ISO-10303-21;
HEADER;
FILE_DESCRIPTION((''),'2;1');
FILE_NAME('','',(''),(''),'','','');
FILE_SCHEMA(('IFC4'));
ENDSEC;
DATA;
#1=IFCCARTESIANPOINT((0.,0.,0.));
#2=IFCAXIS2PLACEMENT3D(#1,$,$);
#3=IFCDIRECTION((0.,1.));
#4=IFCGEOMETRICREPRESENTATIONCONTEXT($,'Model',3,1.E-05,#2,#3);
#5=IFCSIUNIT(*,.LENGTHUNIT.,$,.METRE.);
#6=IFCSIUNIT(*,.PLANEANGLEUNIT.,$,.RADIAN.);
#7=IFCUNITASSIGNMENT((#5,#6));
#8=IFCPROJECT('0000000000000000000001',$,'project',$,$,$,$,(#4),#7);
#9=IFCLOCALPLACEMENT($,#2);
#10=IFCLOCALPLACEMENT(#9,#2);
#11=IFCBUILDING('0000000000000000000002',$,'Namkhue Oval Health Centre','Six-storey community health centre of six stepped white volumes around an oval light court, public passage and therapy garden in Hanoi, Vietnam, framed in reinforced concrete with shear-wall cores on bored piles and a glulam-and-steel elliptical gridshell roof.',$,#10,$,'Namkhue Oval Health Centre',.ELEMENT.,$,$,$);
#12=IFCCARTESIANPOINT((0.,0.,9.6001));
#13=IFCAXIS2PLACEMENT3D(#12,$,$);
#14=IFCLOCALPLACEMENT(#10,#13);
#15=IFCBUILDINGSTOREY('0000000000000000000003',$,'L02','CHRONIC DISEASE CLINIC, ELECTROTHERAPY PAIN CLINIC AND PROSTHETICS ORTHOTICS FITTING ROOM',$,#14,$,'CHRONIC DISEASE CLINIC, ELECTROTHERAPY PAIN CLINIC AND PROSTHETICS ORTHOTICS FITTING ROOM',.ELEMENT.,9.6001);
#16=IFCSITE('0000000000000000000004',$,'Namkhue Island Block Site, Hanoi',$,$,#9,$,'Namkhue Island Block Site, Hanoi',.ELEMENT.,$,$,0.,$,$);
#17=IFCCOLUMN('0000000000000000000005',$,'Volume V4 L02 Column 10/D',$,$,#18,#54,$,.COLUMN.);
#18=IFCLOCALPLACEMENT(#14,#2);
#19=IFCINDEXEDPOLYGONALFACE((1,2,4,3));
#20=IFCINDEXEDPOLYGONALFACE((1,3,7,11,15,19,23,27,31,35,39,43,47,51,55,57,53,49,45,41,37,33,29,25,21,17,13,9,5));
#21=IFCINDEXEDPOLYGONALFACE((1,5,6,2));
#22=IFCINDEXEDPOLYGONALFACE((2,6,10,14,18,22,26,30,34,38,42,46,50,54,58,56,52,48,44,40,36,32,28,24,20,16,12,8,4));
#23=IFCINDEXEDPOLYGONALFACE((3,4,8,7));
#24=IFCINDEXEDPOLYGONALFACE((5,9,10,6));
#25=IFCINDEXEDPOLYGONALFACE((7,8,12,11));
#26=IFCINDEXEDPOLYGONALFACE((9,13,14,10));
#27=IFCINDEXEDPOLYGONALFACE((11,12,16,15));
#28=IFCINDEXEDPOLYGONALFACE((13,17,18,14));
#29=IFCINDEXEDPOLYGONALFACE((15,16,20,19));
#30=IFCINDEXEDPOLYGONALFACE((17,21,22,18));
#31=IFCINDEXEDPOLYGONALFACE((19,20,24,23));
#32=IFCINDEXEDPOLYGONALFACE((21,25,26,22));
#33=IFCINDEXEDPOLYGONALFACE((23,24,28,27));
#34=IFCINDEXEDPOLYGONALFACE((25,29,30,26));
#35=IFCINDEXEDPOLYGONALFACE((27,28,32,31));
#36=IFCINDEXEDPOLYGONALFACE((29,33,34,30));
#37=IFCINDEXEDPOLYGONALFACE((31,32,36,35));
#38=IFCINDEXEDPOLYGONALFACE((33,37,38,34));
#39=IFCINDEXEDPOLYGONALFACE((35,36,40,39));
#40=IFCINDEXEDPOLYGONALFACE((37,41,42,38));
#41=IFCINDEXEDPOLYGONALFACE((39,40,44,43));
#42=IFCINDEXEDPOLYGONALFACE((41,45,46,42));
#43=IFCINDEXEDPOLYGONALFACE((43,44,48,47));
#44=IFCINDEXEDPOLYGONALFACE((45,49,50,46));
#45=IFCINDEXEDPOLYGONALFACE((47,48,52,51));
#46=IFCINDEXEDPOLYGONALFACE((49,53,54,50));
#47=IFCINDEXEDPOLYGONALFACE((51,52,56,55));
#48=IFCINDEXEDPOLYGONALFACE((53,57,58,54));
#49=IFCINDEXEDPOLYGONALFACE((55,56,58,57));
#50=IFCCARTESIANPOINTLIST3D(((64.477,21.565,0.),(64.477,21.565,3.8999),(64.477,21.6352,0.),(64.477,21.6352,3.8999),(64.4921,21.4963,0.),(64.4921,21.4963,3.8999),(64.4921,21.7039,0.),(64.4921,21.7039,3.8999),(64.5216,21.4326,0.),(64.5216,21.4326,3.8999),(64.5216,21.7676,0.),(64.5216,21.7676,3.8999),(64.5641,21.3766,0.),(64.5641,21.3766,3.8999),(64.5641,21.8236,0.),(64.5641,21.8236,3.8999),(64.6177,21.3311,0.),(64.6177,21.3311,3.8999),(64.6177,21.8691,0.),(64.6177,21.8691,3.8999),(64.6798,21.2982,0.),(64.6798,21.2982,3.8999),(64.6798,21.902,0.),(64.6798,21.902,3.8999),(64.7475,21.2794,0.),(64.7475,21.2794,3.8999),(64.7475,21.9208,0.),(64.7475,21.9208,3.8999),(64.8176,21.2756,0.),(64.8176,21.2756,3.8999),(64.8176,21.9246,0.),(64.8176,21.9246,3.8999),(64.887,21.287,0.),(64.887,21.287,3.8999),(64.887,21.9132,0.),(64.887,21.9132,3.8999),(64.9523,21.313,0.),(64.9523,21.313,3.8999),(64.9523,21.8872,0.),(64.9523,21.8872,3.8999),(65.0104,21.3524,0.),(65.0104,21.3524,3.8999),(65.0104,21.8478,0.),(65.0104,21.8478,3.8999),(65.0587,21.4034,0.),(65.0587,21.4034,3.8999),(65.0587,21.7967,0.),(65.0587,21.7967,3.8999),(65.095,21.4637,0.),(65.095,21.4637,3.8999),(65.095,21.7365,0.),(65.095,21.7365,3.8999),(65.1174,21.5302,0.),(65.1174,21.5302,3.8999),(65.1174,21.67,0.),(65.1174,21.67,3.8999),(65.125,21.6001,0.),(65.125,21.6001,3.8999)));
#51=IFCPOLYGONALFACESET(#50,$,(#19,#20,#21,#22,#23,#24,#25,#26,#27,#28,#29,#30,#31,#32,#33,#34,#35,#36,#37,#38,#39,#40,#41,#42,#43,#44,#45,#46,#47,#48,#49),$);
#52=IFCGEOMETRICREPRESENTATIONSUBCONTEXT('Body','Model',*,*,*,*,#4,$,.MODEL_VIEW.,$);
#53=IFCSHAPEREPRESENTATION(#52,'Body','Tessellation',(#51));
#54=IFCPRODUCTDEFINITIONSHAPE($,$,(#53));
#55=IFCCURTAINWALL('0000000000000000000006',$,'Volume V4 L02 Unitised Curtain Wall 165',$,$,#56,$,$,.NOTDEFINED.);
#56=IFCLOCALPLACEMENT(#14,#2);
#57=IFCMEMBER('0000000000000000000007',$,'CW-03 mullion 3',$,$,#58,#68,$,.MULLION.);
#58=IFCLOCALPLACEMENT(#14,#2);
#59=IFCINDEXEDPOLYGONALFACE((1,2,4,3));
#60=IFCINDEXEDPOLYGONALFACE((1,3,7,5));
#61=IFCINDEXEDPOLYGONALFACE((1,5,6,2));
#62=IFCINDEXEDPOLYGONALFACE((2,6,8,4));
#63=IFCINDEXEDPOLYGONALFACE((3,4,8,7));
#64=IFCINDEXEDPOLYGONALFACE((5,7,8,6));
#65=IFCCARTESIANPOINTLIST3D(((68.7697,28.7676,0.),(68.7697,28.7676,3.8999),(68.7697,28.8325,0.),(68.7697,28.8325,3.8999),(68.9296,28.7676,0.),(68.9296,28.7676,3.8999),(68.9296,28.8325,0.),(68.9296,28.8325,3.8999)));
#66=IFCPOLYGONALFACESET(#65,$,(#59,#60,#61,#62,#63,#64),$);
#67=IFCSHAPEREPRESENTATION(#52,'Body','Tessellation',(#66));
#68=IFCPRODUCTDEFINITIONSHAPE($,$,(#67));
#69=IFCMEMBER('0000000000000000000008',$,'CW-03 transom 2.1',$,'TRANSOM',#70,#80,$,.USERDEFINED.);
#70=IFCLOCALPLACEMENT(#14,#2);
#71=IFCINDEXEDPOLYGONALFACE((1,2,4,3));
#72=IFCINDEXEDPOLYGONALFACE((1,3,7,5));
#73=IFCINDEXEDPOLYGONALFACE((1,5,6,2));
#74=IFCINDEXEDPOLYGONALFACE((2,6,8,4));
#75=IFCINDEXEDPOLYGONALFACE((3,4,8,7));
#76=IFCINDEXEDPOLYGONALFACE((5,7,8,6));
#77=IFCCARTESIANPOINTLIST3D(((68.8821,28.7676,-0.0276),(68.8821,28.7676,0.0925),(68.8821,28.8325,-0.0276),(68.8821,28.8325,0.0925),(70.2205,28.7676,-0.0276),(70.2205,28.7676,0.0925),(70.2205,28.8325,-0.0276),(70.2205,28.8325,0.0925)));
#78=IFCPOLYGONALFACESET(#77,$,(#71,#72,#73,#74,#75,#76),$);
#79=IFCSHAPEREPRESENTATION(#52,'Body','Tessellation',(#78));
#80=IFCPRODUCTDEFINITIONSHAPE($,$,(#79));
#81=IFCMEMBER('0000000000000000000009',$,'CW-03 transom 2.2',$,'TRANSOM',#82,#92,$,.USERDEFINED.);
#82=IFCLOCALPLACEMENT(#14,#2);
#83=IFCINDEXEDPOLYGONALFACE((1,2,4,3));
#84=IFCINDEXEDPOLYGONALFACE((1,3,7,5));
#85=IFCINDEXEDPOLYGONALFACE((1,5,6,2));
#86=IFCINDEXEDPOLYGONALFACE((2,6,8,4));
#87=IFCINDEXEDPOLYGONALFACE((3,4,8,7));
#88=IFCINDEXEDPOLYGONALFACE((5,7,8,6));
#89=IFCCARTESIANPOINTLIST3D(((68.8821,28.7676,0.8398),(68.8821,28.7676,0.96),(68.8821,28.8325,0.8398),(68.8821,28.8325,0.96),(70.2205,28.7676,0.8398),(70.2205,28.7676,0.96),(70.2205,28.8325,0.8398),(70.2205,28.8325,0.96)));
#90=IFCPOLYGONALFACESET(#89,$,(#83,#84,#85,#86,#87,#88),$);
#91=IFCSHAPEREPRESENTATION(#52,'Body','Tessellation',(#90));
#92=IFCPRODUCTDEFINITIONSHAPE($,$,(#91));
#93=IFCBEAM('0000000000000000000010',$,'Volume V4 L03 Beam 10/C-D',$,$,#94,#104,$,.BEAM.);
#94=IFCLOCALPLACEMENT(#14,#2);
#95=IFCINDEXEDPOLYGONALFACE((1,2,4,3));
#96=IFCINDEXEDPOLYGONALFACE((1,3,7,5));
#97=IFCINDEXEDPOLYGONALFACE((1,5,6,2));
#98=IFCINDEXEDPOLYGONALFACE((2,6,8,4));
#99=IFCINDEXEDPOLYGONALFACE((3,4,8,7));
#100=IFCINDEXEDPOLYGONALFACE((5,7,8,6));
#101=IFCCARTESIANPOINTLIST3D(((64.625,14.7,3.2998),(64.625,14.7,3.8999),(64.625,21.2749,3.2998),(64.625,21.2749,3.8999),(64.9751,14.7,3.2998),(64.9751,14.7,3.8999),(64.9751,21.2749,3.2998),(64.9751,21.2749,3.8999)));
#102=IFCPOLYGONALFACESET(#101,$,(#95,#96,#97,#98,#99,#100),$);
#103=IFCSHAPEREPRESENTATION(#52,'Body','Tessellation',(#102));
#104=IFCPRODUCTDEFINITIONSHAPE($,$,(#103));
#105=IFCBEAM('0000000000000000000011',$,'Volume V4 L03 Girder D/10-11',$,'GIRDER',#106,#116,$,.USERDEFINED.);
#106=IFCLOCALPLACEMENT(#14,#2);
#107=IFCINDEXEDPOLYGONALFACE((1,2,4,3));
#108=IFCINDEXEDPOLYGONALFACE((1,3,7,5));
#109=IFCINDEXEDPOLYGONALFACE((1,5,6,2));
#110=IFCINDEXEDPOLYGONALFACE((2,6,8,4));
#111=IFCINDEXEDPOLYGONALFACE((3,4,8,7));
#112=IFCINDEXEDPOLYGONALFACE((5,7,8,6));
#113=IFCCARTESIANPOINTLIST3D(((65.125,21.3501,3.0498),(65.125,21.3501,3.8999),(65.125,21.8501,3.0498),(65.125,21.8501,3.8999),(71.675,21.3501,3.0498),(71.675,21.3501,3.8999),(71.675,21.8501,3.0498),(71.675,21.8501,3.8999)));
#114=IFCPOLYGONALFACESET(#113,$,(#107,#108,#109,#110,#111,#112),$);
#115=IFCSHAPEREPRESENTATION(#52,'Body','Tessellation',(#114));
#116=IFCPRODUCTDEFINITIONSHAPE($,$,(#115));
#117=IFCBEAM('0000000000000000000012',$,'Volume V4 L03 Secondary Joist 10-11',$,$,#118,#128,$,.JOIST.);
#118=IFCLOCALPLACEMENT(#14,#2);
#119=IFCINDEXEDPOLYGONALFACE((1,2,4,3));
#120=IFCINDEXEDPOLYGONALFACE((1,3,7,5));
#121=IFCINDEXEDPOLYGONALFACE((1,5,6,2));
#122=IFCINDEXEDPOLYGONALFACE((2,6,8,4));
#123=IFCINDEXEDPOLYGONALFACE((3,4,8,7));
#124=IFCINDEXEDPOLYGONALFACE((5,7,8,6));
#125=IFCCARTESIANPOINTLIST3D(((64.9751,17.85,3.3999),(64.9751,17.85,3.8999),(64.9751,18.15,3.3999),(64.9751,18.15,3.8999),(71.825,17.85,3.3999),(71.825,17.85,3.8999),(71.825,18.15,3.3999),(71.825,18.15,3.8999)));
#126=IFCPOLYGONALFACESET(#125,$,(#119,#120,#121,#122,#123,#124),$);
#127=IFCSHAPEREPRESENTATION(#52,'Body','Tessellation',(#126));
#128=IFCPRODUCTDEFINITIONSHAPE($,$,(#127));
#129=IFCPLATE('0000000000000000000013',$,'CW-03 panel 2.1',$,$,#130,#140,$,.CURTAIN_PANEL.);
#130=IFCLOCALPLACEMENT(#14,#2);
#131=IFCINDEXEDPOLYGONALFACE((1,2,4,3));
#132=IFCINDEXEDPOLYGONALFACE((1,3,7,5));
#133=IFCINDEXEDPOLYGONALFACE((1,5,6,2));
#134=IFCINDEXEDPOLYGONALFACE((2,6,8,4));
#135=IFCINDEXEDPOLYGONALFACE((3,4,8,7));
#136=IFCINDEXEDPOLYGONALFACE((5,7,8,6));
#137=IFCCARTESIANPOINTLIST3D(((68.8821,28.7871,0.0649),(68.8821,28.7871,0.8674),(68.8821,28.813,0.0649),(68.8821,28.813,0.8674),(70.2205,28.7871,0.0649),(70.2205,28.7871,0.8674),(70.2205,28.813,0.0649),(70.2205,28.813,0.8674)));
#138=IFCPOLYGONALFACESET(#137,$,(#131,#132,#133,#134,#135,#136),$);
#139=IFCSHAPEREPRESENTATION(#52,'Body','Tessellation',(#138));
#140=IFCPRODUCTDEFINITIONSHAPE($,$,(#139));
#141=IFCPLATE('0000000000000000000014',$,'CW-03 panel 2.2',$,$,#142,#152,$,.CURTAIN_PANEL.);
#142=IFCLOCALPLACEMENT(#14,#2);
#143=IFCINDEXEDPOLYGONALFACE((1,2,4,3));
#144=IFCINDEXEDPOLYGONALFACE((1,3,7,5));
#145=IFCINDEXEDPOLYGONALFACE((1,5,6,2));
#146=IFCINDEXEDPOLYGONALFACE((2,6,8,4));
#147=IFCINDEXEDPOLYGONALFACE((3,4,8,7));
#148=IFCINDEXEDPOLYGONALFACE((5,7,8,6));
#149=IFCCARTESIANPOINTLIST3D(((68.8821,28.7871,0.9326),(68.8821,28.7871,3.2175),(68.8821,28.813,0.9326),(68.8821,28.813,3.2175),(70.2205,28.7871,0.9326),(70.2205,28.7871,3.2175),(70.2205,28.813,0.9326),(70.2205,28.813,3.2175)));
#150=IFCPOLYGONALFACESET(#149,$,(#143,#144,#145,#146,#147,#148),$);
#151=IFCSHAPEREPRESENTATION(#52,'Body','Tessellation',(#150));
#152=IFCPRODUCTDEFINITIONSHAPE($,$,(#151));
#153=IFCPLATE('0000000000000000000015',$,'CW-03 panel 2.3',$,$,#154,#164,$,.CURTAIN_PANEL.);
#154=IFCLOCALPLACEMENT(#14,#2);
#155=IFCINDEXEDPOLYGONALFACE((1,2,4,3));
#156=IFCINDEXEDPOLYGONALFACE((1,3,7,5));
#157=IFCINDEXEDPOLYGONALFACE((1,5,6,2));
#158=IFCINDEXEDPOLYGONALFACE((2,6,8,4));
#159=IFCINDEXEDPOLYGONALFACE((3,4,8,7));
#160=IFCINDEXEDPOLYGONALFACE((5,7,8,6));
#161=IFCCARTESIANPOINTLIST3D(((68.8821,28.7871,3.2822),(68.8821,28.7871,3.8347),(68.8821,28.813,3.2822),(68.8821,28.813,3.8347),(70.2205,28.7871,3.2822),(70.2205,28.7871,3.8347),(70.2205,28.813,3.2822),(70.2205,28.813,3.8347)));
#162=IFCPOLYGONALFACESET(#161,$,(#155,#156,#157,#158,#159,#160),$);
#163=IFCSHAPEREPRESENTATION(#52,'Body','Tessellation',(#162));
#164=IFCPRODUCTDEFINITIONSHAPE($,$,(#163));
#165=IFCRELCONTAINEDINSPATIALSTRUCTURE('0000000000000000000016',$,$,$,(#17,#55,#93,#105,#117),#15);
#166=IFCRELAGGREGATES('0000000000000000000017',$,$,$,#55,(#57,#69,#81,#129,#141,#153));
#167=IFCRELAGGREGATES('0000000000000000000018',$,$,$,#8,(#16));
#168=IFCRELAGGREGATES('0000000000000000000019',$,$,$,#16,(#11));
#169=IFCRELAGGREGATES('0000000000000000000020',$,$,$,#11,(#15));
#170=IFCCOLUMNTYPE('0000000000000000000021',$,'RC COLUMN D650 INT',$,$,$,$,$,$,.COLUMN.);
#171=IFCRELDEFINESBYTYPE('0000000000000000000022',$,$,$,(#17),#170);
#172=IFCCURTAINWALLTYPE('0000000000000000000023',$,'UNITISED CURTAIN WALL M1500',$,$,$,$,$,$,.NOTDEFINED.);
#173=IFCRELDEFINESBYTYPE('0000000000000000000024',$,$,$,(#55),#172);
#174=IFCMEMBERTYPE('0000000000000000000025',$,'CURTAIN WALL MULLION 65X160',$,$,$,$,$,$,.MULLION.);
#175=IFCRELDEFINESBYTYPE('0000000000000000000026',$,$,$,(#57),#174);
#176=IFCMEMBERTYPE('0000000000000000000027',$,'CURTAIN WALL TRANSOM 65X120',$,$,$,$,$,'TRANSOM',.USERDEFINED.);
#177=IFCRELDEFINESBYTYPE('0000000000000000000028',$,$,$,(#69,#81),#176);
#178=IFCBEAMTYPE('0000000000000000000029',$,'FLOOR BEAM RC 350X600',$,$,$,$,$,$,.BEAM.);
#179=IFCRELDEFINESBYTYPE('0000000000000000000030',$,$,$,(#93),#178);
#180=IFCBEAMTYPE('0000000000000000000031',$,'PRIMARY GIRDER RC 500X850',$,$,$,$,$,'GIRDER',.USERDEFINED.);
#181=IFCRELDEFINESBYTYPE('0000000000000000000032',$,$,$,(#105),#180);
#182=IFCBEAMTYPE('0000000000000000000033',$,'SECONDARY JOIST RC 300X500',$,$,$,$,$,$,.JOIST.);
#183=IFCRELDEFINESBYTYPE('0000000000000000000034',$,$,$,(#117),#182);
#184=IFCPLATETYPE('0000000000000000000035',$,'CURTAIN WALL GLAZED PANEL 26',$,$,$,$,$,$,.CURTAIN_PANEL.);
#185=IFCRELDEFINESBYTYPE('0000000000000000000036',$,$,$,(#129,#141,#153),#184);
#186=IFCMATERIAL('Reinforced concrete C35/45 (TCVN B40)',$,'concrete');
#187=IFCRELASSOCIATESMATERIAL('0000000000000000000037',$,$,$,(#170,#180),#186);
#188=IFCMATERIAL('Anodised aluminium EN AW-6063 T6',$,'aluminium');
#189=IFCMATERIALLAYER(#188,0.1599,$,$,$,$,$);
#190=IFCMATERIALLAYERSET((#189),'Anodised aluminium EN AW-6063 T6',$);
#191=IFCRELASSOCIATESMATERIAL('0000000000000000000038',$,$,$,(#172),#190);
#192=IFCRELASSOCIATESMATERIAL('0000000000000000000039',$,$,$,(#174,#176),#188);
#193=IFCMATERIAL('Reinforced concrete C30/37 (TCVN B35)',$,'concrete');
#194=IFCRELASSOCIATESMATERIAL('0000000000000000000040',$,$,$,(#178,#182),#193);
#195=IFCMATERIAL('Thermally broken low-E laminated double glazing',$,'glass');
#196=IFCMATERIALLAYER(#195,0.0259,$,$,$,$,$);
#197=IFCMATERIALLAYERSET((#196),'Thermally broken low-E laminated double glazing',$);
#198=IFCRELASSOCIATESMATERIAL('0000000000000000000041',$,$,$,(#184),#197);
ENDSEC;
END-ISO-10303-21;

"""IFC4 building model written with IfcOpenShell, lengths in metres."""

from ifc_helpers import new_model, si_unit, direction, frame, origin, origin_2d, place, context, subcontext, project, spatial, rectangle, circle, extrude, material, layer, layer_set, material_profile, profile_set, type_object, element, aggregate, save


model = new_model("IFC4")

# Units and contexts
model_context = context("Model", 3, precision=1e-05, world=origin(), true_north=direction((0.0, 1.0)))
body_context = subcontext(model_context, "Body", "Model", "MODEL_VIEW")
ifc_project = project(units=[si_unit("LENGTHUNIT", "METRE"), si_unit("PLANEANGLEUNIT", "RADIAN")], contexts=[model_context])

# Site, building, storey
site_placement = place(None, origin())
site = spatial("IfcSite", under=ifc_project, at=site_placement, Name="Namkhue Island Block Site, Hanoi", LongName="Namkhue Island Block Site, Hanoi", CompositionType="ELEMENT", RefElevation=0.0)
building_placement = place(site_placement, origin())
building = spatial("IfcBuilding", under=site, at=building_placement, Name="Namkhue Oval Health Centre", Description="Six-storey community health centre of six stepped white volumes around an oval light court, public passage and therapy garden in Hanoi, Vietnam, framed in reinforced concrete with shear-wall cores on bored piles and a glulam-and-steel elliptical gridshell roof.", LongName="Namkhue Oval Health Centre", CompositionType="ELEMENT")
storey_placement = place(building_placement, frame((0.0, 0.0, 9.6001)))
storey = spatial("IfcBuildingStorey", under=building, at=storey_placement, Name="L02", Description="CHRONIC DISEASE CLINIC, ELECTROTHERAPY PAIN CLINIC AND PROSTHETICS ORTHOTICS FITTING ROOM", LongName="CHRONIC DISEASE CLINIC, ELECTROTHERAPY PAIN CLINIC AND PROSTHETICS ORTHOTICS FITTING ROOM", CompositionType="ELEMENT", Elevation=9.6001)

# Column
ifc_material_1 = material(Name="Reinforced concrete C35/45 (TCVN B40)", Category="concrete")
ifc_material_profile_1 = material_profile(ifc_material_1, circle(Radius=0.325, at=origin_2d()), Name="RC D650")
ifc_profile_set_1 = profile_set([ifc_material_profile_1], Name="Reinforced concrete C35/45 (TCVN B40)")
column_type = type_object("IfcColumnType", Name="RC COLUMN D650 INT", PredefinedType="COLUMN", material=ifc_profile_set_1)
column_placement = place(storey_placement, frame((64.8, 21.6001, 0.0), z_axis=(0.0, 0.0, 1.0), x_axis=(1.0, 0.0, 0.0)))
element("IfcColumn", 1, at=column_placement, inside=storey, type_object=column_type, Name="Volume V4 L02 Column 10/D", PredefinedType="COLUMN", context=body_context, shape_type="SweptSolid", body=[
    extrude(circle(Radius=0.325, at=origin_2d()), origin(), (0.0, 0.0, 1.0), 3.8999),
])

# Curtain wall, members
ifc_material_2 = material(Name="Anodised aluminium EN AW-6063 T6", Category="aluminium")
ifc_layer_1 = layer(ifc_material_2, 0.1599)
ifc_layer_set_1 = layer_set([ifc_layer_1], Name="Anodised aluminium EN AW-6063 T6")
curtain_wall_type = type_object("IfcCurtainWallType", Name="UNITISED CURTAIN WALL M1500", PredefinedType="NOTDEFINED", material=ifc_layer_set_1)
curtain_wall_placement = place(storey_placement, origin())
curtain_wall = element("IfcCurtainWall", 2, at=curtain_wall_placement, inside=storey, type_object=curtain_wall_type, Name="Volume V4 L02 Unitised Curtain Wall 165", PredefinedType="NOTDEFINED")
ifc_material_profile_2 = material_profile(ifc_material_2, rectangle(XDim=0.0649, YDim=0.1599, at=origin_2d()), Name="ALU 65x160")
ifc_profile_set_2 = profile_set([ifc_material_profile_2], Name="Anodised aluminium EN AW-6063 T6")
member_type_1 = type_object("IfcMemberType", Name="CURTAIN WALL MULLION 65X160", PredefinedType="MULLION", material=ifc_profile_set_2)
member_1_placement = place(storey_placement, frame((68.8496, 28.8, 0.0), z_axis=(0.0, 0.0, 1.0), x_axis=(0.0, -1.0, 0.0)))
member_1 = element("IfcMember", 3, at=member_1_placement, type_object=member_type_1, Name="CW-03 mullion 3", PredefinedType="MULLION", context=body_context, shape_type="SweptSolid", body=[
    extrude(rectangle(XDim=0.0649, YDim=0.1599, at=origin_2d()), origin(), (0.0, 0.0, 1.0), 3.8999),
])
ifc_material_profile_3 = material_profile(ifc_material_2, rectangle(XDim=0.0649, YDim=0.1201, at=origin_2d()), Name="ALU 65x120")
ifc_profile_set_3 = profile_set([ifc_material_profile_3], Name="Anodised aluminium EN AW-6063 T6")
member_type_2 = type_object("IfcMemberType", Name="CURTAIN WALL TRANSOM 65X120", ElementType="TRANSOM", PredefinedType="USERDEFINED", material=ifc_profile_set_3)
member_2_placement = place(storey_placement, frame((70.2205, 28.8, 0.0325), z_axis=(-1.0, 0.0, 0.0), x_axis=(0.0, -1.0, 0.0)))
member_2 = element("IfcMember", 4, at=member_2_placement, type_object=member_type_2, Name="CW-03 transom 2.1", ObjectType="TRANSOM", PredefinedType="USERDEFINED", context=body_context, shape_type="SweptSolid", body=[
    extrude(rectangle(XDim=0.0649, YDim=0.1201, at=origin_2d()), origin(), (0.0, 0.0, 1.0), 1.3384),
])
member_3_placement = place(storey_placement, frame((70.2205, 28.8, 0.8999), z_axis=(-1.0, 0.0, 0.0), x_axis=(0.0, -1.0, 0.0)))
member_3 = element("IfcMember", 5, at=member_3_placement, type_object=member_type_2, Name="CW-03 transom 2.2", ObjectType="TRANSOM", PredefinedType="USERDEFINED", context=body_context, shape_type="SweptSolid", body=[
    extrude(rectangle(XDim=0.0649, YDim=0.1201, at=origin_2d()), origin(), (0.0, 0.0, 1.0), 1.3384),
])

# Beams
ifc_material_3 = material(Name="Reinforced concrete C30/37 (TCVN B35)", Category="concrete")
ifc_material_profile_4 = material_profile(ifc_material_3, rectangle(XDim=0.3501, YDim=0.6001, at=origin_2d()), Name="RC 350x600")
ifc_profile_set_4 = profile_set([ifc_material_profile_4], Name="Reinforced concrete C30/37 (TCVN B35)")
beam_type_1 = type_object("IfcBeamType", Name="FLOOR BEAM RC 350X600", PredefinedType="BEAM", material=ifc_profile_set_4)
beam_1_placement = place(storey_placement, frame((64.8, 14.7, 3.5999), z_axis=(0.0, 1.0, 0.0), x_axis=(-1.0, 0.0, 0.0)))
element("IfcBeam", 6, at=beam_1_placement, inside=storey, type_object=beam_type_1, Name="Volume V4 L03 Beam 10/C-D", PredefinedType="BEAM", context=body_context, shape_type="SweptSolid", body=[
    extrude(rectangle(XDim=0.3501, YDim=0.6001, at=origin_2d()), origin(), (0.0, 0.0, 1.0), 6.575),
])
ifc_material_profile_5 = material_profile(ifc_material_1, rectangle(XDim=0.5, YDim=0.8501, at=origin_2d()), Name="RC 500x850")
ifc_profile_set_5 = profile_set([ifc_material_profile_5], Name="Reinforced concrete C35/45 (TCVN B40)")
beam_type_2 = type_object("IfcBeamType", Name="PRIMARY GIRDER RC 500X850", ElementType="GIRDER", PredefinedType="USERDEFINED", material=ifc_profile_set_5)
beam_2_placement = place(storey_placement, frame((65.125, 21.6001, 3.4749), z_axis=(1.0, 0.0, 0.0), x_axis=(0.0, 1.0, 0.0)))
element("IfcBeam", 7, at=beam_2_placement, inside=storey, type_object=beam_type_2, Name="Volume V4 L03 Girder D/10-11", ObjectType="GIRDER", PredefinedType="USERDEFINED", context=body_context, shape_type="SweptSolid", body=[
    extrude(rectangle(XDim=0.5, YDim=0.8501, at=origin_2d()), origin(), (0.0, 0.0, 1.0), 6.55),
])
ifc_material_profile_6 = material_profile(ifc_material_3, rectangle(XDim=0.3, YDim=0.5, at=origin_2d()), Name="RC 300x500")
ifc_profile_set_6 = profile_set([ifc_material_profile_6], Name="Reinforced concrete C30/37 (TCVN B35)")
beam_type_3 = type_object("IfcBeamType", Name="SECONDARY JOIST RC 300X500", PredefinedType="JOIST", material=ifc_profile_set_6)
beam_3_placement = place(storey_placement, frame((64.9751, 18.0, 3.6499), z_axis=(1.0, 0.0, 0.0), x_axis=(0.0, 1.0, 0.0)))
element("IfcBeam", 8, at=beam_3_placement, inside=storey, type_object=beam_type_3, Name="Volume V4 L03 Secondary Joist 10-11", PredefinedType="JOIST", context=body_context, shape_type="SweptSolid", body=[
    extrude(rectangle(XDim=0.3, YDim=0.5, at=origin_2d()), origin(), (0.0, 0.0, 1.0), 6.8499),
])

# Plates
ifc_material_4 = material(Name="Thermally broken low-E laminated double glazing", Category="glass")
ifc_layer_2 = layer(ifc_material_4, 0.0259)
ifc_layer_set_2 = layer_set([ifc_layer_2], Name="Thermally broken low-E laminated double glazing")
plate_type = type_object("IfcPlateType", Name="CURTAIN WALL GLAZED PANEL 26", PredefinedType="CURTAIN_PANEL", material=ifc_layer_set_2)
plate_1_placement = place(storey_placement, frame((69.5513, 28.8, 0.0649), z_axis=(0.0, 0.0, 1.0), x_axis=(-1.0, 0.0, 0.0)))
plate_1 = element("IfcPlate", 9, at=plate_1_placement, type_object=plate_type, Name="CW-03 panel 2.1", PredefinedType="CURTAIN_PANEL", context=body_context, shape_type="SweptSolid", body=[
    extrude(rectangle(XDim=1.3384, YDim=0.0259, at=origin_2d()), origin(), (0.0, 0.0, 1.0), 0.8025),
])
plate_2_placement = place(storey_placement, frame((69.5513, 28.8, 0.9326), z_axis=(0.0, 0.0, 1.0), x_axis=(-1.0, 0.0, 0.0)))
plate_2 = element("IfcPlate", 10, at=plate_2_placement, type_object=plate_type, Name="CW-03 panel 2.2", PredefinedType="CURTAIN_PANEL", context=body_context, shape_type="SweptSolid", body=[
    extrude(rectangle(XDim=1.3384, YDim=0.0259, at=origin_2d()), origin(), (0.0, 0.0, 1.0), 2.2849),
])
plate_3_placement = place(storey_placement, frame((69.5513, 28.8, 3.2822), z_axis=(0.0, 0.0, 1.0), x_axis=(-1.0, 0.0, 0.0)))
plate_3 = element("IfcPlate", 11, at=plate_3_placement, type_object=plate_type, Name="CW-03 panel 2.3", PredefinedType="CURTAIN_PANEL", context=body_context, shape_type="SweptSolid", body=[
    extrude(rectangle(XDim=1.3384, YDim=0.0259, at=origin_2d()), origin(), (0.0, 0.0, 1.0), 0.5525),
])
aggregate(curtain_wall, [member_1, member_2, member_3, plate_1, plate_2, plate_3])

save(model, "model.ifc")
